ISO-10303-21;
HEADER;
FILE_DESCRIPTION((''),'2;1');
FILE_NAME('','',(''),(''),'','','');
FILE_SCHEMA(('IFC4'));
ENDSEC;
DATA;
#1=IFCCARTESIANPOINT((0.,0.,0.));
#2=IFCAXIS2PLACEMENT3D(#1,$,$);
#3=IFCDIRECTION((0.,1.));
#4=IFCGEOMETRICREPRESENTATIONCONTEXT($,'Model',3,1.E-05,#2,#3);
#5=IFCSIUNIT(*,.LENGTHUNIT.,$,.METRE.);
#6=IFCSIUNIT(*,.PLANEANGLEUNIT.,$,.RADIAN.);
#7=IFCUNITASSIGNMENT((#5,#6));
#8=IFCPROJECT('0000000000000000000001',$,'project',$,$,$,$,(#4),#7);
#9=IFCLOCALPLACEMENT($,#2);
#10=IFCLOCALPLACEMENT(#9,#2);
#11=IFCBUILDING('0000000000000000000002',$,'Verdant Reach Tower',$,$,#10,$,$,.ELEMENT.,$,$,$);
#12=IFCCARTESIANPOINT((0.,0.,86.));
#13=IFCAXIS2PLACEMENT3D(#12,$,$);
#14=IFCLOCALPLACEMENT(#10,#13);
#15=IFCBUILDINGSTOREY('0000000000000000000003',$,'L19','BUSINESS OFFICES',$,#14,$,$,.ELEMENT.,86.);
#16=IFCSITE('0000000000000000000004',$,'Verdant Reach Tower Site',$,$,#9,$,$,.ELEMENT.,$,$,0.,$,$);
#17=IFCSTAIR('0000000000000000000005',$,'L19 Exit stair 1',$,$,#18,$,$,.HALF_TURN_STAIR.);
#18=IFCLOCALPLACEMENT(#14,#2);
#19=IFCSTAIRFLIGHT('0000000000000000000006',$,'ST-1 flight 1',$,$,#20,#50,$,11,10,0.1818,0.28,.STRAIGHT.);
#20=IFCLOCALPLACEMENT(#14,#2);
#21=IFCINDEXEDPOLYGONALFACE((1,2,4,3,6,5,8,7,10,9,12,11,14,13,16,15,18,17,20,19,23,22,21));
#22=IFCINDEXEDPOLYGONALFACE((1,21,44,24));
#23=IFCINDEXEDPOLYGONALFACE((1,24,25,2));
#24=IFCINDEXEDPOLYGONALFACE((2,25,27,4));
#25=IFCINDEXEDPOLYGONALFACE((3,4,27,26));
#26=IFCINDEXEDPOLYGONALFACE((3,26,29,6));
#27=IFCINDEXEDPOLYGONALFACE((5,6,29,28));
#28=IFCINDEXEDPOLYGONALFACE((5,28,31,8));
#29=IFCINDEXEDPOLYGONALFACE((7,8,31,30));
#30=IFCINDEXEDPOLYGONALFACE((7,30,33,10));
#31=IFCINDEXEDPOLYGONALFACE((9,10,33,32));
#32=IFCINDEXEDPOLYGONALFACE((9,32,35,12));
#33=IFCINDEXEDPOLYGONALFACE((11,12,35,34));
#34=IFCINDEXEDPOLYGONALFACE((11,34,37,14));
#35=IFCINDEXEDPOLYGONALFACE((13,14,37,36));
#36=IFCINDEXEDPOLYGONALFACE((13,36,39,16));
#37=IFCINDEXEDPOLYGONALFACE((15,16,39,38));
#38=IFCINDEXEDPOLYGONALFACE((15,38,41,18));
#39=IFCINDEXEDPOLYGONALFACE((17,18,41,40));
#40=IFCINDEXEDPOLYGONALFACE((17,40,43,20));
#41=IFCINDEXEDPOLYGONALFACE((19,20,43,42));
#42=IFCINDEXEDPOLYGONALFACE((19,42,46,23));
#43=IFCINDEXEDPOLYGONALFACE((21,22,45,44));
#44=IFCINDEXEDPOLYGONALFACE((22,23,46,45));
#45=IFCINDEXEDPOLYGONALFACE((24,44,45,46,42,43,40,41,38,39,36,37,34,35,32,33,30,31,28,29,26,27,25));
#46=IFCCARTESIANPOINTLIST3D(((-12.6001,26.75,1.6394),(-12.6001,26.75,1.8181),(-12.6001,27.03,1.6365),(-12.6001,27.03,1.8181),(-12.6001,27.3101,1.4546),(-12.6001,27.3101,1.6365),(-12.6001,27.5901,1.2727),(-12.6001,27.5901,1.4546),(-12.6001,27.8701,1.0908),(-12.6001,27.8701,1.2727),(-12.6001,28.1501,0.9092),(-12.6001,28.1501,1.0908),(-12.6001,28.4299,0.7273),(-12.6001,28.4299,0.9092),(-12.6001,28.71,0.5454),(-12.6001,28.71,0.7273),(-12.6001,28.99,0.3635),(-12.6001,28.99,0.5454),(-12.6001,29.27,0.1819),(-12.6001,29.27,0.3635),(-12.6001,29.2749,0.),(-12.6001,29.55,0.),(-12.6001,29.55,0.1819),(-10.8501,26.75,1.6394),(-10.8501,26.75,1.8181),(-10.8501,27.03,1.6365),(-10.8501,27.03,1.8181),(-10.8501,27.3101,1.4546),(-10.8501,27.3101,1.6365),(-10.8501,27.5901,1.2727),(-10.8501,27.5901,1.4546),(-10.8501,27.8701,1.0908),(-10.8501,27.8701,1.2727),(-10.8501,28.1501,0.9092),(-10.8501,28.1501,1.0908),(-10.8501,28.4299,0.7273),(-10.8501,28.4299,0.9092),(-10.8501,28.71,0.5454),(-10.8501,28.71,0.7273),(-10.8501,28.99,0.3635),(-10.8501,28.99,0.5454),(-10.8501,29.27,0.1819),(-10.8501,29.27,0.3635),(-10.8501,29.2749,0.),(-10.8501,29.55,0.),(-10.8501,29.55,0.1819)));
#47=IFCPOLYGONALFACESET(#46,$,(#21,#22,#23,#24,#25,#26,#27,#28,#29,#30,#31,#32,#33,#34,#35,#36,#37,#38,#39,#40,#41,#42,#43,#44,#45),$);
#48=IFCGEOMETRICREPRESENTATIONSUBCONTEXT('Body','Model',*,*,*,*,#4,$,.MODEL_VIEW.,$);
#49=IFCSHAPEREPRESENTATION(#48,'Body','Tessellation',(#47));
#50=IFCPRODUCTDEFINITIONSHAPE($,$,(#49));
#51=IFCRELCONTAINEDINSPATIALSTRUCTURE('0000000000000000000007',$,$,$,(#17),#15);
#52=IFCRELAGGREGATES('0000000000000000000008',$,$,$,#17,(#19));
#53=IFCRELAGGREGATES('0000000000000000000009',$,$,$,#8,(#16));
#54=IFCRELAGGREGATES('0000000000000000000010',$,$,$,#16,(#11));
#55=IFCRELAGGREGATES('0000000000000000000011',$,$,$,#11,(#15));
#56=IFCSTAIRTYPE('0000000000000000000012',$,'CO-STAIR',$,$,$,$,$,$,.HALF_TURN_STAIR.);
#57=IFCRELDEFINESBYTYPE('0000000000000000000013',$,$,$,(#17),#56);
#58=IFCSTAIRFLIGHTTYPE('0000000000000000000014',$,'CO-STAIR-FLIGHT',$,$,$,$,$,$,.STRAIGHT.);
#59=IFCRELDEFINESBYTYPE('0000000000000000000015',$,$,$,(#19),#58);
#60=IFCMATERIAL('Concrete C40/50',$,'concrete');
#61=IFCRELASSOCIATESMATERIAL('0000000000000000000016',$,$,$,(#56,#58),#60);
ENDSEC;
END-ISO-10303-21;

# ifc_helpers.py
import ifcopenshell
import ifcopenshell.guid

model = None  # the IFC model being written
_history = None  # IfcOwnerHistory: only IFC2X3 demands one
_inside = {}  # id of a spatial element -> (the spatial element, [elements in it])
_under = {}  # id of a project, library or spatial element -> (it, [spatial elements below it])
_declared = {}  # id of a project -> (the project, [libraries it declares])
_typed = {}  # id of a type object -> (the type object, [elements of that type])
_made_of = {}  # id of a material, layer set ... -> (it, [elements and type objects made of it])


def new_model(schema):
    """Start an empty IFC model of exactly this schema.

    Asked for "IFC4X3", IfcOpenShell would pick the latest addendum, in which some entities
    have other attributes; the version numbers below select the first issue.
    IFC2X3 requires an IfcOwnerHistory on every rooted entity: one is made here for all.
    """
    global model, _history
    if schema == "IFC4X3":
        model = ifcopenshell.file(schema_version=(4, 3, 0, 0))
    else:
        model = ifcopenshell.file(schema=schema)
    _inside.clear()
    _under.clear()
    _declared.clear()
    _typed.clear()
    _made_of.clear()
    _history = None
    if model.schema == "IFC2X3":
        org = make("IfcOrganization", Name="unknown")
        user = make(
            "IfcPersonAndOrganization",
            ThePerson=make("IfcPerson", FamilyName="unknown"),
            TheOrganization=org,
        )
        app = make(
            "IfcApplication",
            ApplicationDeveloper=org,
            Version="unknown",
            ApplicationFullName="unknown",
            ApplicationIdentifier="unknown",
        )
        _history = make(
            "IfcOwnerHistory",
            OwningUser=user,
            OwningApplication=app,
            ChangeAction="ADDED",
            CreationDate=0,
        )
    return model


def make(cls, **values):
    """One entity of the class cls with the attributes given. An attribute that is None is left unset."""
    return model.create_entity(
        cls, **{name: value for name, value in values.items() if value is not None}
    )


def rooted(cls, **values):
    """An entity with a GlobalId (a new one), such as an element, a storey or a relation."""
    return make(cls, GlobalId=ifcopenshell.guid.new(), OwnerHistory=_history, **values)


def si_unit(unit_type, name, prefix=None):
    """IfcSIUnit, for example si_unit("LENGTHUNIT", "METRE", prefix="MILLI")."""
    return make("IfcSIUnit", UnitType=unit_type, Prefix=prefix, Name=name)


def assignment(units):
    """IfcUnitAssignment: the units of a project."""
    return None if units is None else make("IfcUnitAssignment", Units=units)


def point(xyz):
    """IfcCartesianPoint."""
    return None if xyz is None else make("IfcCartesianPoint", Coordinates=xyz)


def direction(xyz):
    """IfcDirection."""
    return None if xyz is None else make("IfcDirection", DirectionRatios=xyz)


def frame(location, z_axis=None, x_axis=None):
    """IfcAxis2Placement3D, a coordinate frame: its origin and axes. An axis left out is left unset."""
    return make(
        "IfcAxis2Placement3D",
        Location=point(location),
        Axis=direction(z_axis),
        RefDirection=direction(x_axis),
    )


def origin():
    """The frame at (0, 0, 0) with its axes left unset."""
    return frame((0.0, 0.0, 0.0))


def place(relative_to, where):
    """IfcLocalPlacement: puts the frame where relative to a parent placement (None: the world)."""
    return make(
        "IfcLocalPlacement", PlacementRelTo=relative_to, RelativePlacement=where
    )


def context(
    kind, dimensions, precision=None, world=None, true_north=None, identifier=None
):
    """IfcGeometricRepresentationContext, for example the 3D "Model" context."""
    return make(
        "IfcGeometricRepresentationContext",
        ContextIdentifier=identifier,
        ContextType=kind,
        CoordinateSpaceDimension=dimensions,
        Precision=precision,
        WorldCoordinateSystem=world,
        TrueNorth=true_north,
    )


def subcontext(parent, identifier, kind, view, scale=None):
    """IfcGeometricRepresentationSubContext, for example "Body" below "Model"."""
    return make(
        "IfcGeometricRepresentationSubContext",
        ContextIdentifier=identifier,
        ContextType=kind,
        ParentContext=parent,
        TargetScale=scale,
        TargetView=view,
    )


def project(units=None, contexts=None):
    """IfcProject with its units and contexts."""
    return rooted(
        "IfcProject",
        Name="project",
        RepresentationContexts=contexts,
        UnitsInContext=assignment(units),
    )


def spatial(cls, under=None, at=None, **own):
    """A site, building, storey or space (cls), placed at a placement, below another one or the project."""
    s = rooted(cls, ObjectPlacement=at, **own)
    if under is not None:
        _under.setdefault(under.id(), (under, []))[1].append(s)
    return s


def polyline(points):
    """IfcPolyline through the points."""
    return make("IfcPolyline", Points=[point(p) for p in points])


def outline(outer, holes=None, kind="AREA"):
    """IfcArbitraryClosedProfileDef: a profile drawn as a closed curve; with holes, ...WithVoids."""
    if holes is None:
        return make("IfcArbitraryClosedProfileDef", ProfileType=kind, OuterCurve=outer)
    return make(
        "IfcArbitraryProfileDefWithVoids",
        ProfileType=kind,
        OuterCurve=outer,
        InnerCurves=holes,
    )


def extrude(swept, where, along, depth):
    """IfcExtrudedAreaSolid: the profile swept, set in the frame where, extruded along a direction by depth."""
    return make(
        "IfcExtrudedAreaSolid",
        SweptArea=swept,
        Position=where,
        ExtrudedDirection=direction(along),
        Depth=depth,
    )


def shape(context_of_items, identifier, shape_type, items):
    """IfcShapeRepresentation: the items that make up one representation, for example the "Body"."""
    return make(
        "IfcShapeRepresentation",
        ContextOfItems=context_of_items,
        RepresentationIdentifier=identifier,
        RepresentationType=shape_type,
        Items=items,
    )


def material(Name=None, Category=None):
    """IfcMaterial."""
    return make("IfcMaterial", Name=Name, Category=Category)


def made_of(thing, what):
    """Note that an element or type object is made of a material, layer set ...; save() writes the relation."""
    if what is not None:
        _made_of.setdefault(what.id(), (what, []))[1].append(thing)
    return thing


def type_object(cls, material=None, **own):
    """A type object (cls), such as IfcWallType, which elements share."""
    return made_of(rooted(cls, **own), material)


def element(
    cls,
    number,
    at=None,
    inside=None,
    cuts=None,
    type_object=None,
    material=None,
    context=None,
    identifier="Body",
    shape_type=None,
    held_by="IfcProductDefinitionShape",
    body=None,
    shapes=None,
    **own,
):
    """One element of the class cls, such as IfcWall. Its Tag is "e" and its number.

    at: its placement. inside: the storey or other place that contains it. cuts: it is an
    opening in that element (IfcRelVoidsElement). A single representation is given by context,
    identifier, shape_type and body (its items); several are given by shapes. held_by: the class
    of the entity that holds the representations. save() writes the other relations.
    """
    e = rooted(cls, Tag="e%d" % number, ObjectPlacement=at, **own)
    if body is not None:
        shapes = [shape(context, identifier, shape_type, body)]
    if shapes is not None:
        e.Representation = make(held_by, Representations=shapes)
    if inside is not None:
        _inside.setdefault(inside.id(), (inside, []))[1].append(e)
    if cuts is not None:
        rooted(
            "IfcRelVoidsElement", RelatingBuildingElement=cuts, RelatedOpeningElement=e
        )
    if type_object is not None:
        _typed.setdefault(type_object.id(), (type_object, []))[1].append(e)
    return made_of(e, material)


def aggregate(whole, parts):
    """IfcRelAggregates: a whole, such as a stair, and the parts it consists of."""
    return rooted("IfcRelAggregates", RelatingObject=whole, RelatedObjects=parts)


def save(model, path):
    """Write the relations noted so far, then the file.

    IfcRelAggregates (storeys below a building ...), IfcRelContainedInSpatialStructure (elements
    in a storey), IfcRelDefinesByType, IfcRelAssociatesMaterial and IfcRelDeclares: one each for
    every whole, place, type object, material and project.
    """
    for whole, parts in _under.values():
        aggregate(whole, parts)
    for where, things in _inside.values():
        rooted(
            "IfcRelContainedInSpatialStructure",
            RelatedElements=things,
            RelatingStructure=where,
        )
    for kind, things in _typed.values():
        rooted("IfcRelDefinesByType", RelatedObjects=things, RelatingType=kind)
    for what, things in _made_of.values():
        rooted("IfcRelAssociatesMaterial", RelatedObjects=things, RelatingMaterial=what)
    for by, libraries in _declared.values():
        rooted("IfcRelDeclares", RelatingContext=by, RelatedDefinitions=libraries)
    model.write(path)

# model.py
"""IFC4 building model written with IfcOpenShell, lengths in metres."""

from ifc_helpers import new_model, si_unit, direction, frame, origin, place, context, subcontext, project, spatial, polyline, outline, extrude, material, type_object, element, aggregate, save


model = new_model("IFC4")

# Units and contexts
model_context = context("Model", 3, precision=1e-05, world=origin(), true_north=direction((0.0, 1.0)))
body_context = subcontext(model_context, "Body", "Model", "MODEL_VIEW")
ifc_project = project(units=[si_unit("LENGTHUNIT", "METRE"), si_unit("PLANEANGLEUNIT", "RADIAN")], contexts=[model_context])

# Site, building, storey
site_placement = place(None, origin())
site = spatial("IfcSite", under=ifc_project, at=site_placement, Name="Verdant Reach Tower Site", CompositionType="ELEMENT", RefElevation=0.0)
building_placement = place(site_placement, origin())
building = spatial("IfcBuilding", under=site, at=building_placement, Name="Verdant Reach Tower", CompositionType="ELEMENT")
storey_placement = place(building_placement, frame((0.0, 0.0, 86.0)))
storey = spatial("IfcBuildingStorey", under=building, at=storey_placement, Name="L19", Description="BUSINESS OFFICES", CompositionType="ELEMENT", Elevation=86.0)

# Shared definitions
ifc_material_1 = material(Name="Concrete C40/50", Category="concrete")

# Stair, stair flight
stair_type = type_object("IfcStairType", Name="CO-STAIR", PredefinedType="HALF_TURN_STAIR", material=ifc_material_1)
stair_placement = place(storey_placement, origin())
stair = element("IfcStair", 1, at=stair_placement, inside=storey, type_object=stair_type, Name="L19 Exit stair 1", PredefinedType="HALF_TURN_STAIR")
stair_flight_type = type_object("IfcStairFlightType", Name="CO-STAIR-FLIGHT", PredefinedType="STRAIGHT", material=ifc_material_1)
stair_flight_placement = place(storey_placement, frame((-11.7251, 29.55, 0.0), z_axis=(0.0, 0.0, 1.0), x_axis=(0.0, -1.0, 0.0)))
stair_flight = element("IfcStairFlight", 2, at=stair_flight_placement, type_object=stair_flight_type, Name="ST-1 flight 1", NumberOfRisers=11, NumberOfTreads=10, PredefinedType="STRAIGHT", RiserHeight=0.1818, TreadLength=0.28, context=body_context, shape_type="SweptSolid", body=[
    extrude(outline(polyline([(0.0, 0.0), (0.0, 0.1819), (0.28, 0.1819), (0.28, 0.3635), (0.5601, 0.3635), (0.5601, 0.5454), (0.8401, 0.5454), (0.8401, 0.7273), (1.1201, 0.7273), (1.1201, 0.9092), (1.3999, 0.9092), (1.3999, 1.0908), (1.6799, 1.0908), (1.6799, 1.2727), (1.96, 1.2727), (1.96, 1.4546), (2.24, 1.4546), (2.24, 1.6365), (2.52, 1.6365), (2.52, 1.8181), (2.8, 1.8181), (2.8, 2.0), (2.8, 1.6394), (0.2751, 0.0), (0.0, 0.0)])), frame((0.0, 0.875, 0.0), z_axis=(0.0, -1.0, 0.0), x_axis=(1.0, 0.0, 0.0)), (0.0, 0.0, 1.0), 1.75),
])
aggregate(stair, [stair_flight])

save(model, "model.ifc")
